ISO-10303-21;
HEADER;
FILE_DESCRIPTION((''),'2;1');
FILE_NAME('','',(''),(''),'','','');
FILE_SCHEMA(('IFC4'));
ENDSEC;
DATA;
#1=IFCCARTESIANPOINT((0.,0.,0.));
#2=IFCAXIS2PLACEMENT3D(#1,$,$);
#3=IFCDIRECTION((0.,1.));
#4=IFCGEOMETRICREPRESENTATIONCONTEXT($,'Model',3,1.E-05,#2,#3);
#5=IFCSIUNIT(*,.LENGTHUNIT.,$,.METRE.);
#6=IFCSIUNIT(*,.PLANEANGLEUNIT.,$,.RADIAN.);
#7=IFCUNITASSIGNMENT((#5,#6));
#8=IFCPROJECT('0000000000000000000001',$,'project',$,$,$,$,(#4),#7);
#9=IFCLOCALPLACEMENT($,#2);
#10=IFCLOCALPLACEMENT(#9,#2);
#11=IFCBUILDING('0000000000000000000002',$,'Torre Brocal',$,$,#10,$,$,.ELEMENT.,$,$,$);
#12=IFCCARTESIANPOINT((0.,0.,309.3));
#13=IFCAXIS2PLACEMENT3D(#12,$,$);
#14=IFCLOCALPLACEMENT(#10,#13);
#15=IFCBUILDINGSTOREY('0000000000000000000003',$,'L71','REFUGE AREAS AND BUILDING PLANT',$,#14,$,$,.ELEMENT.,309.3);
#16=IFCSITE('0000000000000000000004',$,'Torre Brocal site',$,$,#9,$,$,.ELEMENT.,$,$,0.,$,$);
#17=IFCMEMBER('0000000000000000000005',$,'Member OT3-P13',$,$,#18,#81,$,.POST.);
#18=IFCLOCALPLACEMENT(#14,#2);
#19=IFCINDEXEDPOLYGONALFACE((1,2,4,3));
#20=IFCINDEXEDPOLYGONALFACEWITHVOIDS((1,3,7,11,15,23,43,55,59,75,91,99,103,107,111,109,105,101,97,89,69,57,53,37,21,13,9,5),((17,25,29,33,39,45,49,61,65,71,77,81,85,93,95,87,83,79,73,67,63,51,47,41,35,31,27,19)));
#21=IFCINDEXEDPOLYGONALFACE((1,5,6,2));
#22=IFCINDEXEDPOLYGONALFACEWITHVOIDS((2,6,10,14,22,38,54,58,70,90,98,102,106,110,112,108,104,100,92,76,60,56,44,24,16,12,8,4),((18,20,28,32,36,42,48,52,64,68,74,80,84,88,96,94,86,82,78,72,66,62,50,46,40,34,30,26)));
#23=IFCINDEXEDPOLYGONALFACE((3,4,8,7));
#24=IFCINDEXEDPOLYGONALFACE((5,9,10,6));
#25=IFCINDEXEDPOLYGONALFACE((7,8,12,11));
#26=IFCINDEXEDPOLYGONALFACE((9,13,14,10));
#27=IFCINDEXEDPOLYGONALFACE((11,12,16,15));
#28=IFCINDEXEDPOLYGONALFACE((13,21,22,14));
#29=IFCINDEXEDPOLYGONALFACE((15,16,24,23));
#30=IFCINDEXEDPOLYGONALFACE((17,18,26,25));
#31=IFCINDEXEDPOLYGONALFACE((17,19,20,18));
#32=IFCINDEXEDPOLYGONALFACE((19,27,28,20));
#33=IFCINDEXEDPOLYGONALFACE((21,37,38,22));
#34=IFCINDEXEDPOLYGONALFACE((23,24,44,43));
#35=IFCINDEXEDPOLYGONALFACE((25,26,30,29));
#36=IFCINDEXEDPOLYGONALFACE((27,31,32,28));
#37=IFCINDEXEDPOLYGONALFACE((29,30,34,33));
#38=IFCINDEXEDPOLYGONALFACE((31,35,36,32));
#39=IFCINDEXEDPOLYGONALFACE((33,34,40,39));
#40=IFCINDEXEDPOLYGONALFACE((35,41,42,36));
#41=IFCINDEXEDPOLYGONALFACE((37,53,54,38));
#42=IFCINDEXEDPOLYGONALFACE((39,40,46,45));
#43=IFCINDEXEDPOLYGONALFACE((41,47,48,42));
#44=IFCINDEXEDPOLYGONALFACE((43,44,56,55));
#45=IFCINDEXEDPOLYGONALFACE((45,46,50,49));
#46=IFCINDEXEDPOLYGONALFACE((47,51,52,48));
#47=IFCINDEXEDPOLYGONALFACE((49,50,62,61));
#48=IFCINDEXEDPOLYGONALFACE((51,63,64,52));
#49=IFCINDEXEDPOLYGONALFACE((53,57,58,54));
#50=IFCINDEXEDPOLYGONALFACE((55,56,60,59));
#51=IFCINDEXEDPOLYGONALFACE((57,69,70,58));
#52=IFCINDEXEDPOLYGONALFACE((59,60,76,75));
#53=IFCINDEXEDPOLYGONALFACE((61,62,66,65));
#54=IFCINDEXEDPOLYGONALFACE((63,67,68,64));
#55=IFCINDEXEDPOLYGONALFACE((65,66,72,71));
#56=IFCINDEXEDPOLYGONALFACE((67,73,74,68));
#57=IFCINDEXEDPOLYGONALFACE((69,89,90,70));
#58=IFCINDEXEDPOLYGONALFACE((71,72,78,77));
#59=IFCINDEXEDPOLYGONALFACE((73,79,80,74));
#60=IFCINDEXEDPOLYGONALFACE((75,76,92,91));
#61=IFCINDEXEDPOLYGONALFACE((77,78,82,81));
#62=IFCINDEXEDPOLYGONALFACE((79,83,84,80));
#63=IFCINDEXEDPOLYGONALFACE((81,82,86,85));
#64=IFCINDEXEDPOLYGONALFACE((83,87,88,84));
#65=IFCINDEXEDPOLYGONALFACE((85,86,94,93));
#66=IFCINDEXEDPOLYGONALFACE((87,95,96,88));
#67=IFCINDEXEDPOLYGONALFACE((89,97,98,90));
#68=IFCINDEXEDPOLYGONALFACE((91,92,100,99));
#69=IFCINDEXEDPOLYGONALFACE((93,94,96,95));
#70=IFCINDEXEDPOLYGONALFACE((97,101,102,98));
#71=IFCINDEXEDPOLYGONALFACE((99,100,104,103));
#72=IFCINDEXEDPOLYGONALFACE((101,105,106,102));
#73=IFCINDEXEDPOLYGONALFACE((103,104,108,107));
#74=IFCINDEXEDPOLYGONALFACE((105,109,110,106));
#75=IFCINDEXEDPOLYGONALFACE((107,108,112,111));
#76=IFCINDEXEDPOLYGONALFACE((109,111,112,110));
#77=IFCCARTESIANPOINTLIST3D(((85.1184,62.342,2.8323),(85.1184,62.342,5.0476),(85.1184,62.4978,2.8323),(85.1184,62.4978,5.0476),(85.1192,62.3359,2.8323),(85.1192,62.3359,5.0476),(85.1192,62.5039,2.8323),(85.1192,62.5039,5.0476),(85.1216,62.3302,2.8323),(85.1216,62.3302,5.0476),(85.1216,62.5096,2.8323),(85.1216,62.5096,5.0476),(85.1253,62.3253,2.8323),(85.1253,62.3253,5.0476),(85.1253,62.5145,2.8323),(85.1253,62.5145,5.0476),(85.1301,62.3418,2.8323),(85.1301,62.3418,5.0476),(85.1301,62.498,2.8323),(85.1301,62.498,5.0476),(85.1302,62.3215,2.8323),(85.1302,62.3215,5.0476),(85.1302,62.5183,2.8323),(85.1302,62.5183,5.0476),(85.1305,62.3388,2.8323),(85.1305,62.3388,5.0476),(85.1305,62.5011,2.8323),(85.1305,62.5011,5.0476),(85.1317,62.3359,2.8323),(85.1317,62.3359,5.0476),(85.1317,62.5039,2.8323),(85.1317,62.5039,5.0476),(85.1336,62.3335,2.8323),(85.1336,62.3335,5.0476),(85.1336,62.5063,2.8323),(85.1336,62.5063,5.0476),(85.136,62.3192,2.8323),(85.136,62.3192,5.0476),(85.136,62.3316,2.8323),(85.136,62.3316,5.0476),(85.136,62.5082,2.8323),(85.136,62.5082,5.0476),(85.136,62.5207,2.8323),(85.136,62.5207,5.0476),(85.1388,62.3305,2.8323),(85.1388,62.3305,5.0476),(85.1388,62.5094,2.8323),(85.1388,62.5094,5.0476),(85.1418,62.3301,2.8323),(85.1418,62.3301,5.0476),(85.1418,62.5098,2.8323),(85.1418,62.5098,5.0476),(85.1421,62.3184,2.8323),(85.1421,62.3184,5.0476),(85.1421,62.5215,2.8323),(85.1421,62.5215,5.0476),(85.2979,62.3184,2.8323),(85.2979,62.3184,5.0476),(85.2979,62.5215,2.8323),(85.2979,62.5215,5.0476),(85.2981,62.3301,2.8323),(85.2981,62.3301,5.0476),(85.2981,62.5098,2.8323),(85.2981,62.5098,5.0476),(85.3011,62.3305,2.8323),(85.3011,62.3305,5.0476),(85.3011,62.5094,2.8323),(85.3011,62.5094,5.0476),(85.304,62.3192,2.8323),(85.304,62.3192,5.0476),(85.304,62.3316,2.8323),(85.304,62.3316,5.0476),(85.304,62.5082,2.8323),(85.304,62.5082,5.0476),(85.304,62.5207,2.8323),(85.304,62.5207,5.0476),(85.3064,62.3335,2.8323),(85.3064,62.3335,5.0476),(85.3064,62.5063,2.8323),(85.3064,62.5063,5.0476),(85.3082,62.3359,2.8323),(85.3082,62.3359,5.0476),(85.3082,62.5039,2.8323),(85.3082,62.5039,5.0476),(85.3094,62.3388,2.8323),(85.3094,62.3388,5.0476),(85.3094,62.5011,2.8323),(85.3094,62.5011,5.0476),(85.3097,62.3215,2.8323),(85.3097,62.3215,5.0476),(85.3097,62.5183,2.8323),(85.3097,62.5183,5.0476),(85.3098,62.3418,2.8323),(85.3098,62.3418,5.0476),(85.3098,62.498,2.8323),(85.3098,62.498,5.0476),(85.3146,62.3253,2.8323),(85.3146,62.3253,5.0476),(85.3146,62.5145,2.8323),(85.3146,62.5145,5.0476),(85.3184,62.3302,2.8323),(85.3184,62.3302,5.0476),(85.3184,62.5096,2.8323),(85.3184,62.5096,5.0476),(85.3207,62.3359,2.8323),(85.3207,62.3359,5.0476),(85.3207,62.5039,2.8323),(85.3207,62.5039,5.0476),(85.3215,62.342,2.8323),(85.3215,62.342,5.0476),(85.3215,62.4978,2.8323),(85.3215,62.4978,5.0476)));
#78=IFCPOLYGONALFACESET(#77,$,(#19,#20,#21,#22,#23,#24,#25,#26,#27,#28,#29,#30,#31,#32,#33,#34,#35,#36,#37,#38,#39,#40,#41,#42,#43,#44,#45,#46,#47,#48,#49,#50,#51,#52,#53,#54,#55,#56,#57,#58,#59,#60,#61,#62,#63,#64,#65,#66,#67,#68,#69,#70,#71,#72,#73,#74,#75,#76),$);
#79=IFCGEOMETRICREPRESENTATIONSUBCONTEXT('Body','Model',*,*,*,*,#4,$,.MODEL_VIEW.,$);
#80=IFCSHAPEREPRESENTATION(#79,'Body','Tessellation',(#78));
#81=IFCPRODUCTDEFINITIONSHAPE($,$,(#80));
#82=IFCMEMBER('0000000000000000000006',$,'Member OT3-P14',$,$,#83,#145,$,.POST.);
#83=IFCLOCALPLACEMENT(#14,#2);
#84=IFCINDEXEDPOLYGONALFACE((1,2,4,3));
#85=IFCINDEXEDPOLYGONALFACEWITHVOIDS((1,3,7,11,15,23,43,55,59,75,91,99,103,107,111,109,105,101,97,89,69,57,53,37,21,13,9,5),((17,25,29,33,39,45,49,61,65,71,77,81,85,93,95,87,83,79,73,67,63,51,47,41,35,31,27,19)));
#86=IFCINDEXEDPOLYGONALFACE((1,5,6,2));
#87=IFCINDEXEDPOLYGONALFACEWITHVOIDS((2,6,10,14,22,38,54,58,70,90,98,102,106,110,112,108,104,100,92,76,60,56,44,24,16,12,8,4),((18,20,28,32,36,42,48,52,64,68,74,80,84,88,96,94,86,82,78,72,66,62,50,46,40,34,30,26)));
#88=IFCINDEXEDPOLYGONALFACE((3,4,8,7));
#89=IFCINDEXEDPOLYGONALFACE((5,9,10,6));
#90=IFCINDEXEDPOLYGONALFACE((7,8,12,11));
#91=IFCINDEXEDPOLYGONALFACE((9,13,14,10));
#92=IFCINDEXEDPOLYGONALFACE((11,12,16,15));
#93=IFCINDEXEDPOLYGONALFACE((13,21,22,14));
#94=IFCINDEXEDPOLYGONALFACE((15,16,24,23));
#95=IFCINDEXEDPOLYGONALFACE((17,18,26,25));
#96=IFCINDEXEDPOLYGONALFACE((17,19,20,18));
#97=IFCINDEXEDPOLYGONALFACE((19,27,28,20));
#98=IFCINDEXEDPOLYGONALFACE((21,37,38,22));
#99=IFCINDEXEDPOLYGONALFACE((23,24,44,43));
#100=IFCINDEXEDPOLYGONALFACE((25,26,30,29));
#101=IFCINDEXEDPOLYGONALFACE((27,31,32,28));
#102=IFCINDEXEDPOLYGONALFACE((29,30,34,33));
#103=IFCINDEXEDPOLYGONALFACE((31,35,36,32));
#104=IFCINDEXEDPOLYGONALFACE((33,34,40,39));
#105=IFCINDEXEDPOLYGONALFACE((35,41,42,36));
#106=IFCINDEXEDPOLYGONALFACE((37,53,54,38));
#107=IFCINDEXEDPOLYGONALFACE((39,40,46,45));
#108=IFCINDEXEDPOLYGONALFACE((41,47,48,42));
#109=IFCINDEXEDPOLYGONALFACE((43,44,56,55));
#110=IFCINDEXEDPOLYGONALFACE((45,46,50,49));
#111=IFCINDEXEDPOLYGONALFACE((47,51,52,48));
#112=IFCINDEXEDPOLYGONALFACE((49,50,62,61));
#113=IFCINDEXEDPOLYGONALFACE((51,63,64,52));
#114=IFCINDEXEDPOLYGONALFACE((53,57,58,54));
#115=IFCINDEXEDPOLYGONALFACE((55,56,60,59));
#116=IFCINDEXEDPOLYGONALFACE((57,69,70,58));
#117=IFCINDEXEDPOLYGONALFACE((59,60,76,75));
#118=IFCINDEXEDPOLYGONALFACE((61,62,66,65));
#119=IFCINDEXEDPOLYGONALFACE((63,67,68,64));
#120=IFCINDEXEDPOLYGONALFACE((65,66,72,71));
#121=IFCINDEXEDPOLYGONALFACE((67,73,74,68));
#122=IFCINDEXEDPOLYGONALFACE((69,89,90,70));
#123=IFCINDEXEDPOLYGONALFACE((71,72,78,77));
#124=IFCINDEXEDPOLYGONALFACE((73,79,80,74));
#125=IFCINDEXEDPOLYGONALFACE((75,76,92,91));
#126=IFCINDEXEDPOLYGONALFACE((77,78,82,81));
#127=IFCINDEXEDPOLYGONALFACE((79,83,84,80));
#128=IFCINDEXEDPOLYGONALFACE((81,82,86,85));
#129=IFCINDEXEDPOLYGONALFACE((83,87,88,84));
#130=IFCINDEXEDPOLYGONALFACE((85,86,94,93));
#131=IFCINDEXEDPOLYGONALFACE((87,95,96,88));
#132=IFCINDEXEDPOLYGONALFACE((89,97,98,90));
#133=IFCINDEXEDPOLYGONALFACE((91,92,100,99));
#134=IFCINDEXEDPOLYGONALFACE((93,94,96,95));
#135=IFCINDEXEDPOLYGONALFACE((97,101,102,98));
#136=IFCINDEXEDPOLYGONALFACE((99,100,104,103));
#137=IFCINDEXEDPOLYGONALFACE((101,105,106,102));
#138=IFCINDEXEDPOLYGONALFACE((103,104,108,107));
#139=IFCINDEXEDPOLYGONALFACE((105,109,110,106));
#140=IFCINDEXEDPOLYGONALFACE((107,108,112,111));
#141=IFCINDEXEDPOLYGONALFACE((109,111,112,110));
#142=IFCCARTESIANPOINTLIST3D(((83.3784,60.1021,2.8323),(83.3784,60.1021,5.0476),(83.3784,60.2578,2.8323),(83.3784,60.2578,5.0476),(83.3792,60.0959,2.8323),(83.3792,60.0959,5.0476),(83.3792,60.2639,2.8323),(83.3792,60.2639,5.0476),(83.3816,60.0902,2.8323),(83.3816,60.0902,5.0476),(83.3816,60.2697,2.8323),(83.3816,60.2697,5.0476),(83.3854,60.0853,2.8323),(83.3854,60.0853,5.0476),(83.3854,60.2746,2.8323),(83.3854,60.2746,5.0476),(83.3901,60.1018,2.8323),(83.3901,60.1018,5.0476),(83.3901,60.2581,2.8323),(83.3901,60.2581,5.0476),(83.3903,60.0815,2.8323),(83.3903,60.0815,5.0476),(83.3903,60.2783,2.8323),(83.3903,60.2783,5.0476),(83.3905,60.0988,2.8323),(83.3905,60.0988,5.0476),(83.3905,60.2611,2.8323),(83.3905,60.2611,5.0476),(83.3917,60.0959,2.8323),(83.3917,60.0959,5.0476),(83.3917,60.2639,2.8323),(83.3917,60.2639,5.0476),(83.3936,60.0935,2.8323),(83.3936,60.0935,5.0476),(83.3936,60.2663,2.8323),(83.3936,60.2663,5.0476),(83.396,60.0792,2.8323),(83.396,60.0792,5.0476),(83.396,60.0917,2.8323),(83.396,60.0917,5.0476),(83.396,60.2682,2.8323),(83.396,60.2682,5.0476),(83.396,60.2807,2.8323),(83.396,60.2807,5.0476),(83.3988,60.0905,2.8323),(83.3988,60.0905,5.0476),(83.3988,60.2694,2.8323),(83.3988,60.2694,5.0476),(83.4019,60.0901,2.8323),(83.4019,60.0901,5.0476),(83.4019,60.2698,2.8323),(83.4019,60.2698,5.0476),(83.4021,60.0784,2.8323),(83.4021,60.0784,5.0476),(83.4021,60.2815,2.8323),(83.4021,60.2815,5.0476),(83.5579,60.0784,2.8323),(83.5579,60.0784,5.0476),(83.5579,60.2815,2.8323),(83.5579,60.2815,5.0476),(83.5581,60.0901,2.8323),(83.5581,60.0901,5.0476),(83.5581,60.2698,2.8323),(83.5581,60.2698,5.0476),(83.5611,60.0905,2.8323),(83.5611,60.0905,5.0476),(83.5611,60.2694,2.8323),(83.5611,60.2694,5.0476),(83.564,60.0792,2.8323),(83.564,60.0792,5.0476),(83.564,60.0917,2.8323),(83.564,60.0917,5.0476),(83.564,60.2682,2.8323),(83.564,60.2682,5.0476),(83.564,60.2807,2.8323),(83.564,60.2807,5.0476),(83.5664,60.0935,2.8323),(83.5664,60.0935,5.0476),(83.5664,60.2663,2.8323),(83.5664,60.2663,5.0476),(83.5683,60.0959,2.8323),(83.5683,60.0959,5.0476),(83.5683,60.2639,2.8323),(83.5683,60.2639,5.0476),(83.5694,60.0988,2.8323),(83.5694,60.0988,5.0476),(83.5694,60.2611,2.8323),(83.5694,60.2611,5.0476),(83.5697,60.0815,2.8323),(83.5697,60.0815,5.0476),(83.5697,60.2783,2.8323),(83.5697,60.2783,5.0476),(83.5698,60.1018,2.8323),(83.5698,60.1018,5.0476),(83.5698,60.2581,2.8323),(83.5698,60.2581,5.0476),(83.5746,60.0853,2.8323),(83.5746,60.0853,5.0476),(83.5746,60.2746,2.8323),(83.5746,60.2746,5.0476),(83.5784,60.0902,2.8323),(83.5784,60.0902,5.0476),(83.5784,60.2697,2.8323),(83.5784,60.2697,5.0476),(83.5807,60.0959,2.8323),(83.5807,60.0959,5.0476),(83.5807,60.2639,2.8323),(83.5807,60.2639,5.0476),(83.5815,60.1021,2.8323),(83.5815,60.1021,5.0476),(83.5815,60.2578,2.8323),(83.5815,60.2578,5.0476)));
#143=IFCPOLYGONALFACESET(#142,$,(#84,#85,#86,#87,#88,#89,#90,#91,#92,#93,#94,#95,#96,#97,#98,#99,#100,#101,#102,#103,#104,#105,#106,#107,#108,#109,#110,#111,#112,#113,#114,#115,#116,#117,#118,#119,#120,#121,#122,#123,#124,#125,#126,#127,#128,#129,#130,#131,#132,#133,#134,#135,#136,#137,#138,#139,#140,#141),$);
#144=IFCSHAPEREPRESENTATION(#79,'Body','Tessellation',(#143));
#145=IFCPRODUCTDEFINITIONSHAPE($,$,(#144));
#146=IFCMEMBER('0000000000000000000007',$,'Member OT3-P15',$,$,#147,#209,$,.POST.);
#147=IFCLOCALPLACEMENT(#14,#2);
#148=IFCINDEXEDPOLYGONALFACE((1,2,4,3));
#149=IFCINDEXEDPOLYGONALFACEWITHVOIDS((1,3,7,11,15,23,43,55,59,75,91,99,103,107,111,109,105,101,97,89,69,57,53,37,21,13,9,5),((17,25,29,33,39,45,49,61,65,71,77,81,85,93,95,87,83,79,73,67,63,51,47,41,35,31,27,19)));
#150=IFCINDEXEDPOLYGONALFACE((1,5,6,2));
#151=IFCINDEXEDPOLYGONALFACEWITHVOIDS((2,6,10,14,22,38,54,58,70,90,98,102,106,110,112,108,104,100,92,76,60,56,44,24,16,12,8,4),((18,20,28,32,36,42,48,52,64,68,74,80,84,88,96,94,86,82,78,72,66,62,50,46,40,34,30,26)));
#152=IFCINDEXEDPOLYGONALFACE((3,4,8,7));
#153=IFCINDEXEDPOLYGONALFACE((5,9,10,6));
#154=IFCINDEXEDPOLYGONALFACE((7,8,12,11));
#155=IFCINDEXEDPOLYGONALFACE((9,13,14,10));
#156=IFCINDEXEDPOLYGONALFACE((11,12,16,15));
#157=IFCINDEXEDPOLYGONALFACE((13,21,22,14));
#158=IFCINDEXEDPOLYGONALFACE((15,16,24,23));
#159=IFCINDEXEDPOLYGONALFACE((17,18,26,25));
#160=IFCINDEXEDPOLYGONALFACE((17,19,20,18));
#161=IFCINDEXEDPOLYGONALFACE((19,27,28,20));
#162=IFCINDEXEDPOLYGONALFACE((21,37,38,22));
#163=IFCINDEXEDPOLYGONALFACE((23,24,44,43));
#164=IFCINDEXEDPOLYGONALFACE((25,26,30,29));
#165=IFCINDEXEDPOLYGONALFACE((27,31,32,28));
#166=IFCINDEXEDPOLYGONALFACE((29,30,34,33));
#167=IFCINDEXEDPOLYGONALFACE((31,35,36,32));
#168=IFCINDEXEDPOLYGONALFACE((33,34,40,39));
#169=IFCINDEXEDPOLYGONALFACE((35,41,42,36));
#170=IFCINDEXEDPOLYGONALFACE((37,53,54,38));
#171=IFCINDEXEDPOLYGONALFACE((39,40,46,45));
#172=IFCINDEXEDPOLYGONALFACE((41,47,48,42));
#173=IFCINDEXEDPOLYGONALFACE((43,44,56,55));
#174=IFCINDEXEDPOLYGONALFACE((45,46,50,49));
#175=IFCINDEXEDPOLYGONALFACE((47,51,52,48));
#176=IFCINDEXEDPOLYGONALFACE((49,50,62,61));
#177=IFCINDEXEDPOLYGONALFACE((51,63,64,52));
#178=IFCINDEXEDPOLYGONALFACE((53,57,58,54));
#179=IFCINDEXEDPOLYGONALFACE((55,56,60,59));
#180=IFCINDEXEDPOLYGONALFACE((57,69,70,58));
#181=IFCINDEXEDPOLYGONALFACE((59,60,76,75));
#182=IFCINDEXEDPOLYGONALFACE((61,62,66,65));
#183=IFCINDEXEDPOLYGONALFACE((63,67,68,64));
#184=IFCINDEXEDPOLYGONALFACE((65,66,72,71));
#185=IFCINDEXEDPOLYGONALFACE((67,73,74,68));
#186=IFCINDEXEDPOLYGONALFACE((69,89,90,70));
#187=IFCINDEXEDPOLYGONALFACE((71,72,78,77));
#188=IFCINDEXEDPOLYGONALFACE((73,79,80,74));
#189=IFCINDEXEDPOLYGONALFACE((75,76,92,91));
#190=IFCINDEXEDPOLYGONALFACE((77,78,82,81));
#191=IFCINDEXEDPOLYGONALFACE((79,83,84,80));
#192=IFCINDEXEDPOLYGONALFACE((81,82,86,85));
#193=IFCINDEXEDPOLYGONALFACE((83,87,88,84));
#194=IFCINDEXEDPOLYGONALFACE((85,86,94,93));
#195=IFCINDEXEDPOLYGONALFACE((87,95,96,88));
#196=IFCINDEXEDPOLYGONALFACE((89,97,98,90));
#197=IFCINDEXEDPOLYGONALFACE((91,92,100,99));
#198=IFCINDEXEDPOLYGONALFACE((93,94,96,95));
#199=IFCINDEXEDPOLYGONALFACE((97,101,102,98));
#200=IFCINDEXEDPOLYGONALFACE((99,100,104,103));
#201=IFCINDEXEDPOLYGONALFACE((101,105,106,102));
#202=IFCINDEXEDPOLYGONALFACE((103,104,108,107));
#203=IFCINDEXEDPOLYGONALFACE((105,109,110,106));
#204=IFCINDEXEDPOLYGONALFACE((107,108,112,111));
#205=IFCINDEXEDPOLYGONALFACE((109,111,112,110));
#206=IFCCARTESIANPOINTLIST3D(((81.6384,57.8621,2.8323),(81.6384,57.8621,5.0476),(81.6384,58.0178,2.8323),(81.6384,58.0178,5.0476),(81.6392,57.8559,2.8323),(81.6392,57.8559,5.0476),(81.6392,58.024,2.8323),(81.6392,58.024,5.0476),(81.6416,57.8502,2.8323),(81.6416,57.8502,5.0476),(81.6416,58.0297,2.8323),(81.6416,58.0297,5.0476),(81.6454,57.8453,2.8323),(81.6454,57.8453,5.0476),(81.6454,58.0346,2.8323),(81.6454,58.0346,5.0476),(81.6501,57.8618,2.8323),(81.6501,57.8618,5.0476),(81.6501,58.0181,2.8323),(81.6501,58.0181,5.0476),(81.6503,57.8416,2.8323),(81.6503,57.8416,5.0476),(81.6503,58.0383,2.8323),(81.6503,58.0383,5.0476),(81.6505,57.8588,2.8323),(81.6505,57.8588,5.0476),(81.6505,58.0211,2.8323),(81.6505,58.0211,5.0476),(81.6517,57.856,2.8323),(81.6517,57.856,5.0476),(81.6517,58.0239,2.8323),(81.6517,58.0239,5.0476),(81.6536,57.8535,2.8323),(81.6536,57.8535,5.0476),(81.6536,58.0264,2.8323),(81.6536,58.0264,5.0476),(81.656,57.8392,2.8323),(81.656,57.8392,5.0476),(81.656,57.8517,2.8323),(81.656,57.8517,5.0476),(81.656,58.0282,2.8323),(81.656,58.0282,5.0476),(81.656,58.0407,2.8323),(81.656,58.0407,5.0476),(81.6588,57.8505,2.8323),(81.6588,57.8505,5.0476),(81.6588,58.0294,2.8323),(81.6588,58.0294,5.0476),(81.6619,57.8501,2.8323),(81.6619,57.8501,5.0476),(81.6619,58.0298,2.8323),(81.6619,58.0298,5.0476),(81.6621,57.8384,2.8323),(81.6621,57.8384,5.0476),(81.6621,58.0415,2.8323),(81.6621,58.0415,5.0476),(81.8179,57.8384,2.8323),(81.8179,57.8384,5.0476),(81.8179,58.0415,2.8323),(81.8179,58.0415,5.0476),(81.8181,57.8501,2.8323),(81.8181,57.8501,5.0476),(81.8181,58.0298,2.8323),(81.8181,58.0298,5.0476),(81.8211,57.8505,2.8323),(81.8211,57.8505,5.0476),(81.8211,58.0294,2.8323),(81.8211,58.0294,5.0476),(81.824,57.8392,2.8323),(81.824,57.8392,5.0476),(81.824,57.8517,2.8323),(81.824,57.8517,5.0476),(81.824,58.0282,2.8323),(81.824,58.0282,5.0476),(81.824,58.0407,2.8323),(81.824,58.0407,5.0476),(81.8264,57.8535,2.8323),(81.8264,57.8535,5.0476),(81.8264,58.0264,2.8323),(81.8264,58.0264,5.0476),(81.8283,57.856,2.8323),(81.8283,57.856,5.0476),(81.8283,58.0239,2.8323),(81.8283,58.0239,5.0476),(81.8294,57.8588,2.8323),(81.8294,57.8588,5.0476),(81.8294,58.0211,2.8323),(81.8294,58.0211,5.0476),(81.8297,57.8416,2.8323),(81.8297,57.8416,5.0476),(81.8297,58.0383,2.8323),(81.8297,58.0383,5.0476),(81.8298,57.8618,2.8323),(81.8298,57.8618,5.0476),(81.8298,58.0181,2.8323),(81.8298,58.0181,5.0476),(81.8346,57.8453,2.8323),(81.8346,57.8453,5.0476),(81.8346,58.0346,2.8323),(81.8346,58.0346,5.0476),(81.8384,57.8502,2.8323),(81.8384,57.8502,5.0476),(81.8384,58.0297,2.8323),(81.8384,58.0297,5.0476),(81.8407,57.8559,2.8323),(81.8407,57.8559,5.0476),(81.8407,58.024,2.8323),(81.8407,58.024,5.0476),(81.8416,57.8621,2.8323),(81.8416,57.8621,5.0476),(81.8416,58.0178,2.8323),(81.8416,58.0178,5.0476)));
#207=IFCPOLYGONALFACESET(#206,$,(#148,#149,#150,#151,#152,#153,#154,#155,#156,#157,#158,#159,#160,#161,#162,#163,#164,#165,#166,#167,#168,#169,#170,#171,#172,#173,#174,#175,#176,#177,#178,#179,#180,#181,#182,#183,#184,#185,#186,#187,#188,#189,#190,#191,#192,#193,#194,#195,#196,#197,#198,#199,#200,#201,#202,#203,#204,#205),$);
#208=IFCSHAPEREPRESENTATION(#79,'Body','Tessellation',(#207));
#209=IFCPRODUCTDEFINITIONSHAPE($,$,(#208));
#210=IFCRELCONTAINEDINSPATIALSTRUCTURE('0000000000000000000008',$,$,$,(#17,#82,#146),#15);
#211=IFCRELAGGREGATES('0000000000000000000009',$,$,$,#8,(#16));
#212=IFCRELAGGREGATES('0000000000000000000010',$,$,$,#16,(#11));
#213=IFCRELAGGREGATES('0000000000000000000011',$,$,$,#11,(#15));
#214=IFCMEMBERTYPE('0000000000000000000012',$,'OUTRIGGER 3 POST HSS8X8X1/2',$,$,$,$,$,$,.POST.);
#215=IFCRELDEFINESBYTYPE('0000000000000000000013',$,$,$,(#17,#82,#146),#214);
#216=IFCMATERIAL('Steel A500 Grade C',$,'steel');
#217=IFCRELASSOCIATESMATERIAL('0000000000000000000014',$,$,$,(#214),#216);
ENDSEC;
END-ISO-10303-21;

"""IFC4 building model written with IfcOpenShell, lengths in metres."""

from ifc_helpers import new_model, si_unit, direction, frame, origin, origin_2d, place, context, subcontext, project, spatial, hollow_rectangle, extrude, material, material_profile, profile_set, type_object, element, save


model = new_model("IFC4")

# Units and contexts
model_context = context("Model", 3, precision=1e-05, world=origin(), true_north=direction((0.0, 1.0)))
body_context = subcontext(model_context, "Body", "Model", "MODEL_VIEW")
ifc_project = project(units=[si_unit("LENGTHUNIT", "METRE"), si_unit("PLANEANGLEUNIT", "RADIAN")], contexts=[model_context])

# Site, building, storey
site_placement = place(None, origin())
site = spatial("IfcSite", under=ifc_project, at=site_placement, Name="Torre Brocal site", CompositionType="ELEMENT", RefElevation=0.0)
building_placement = place(site_placement, origin())
building = spatial("IfcBuilding", under=site, at=building_placement, Name="Torre Brocal", CompositionType="ELEMENT")
storey_placement = place(building_placement, frame((0.0, 0.0, 309.3)))
storey = spatial("IfcBuildingStorey", under=building, at=storey_placement, Name="L71", Description="REFUGE AREAS AND BUILDING PLANT", CompositionType="ELEMENT", Elevation=309.3)

# Members
ifc_material_1 = material(Name="Steel A500 Grade C", Category="steel")
ifc_material_profile_1 = material_profile(ifc_material_1, hollow_rectangle(XDim=0.2031, YDim=0.2031, WallThickness=0.0117, InnerFilletRadius=0.0117, OuterFilletRadius=0.0237, at=origin_2d()), Name="HSS8X8X1/2")
ifc_profile_set_1 = profile_set([ifc_material_profile_1], Name="Steel A500 Grade C")
member_type_1 = type_object("IfcMemberType", Name="OUTRIGGER 3 POST HSS8X8X1/2", PredefinedType="POST", material=ifc_profile_set_1)
for number, where, z_axis, x_axis, name in (
    (1, (85.22, 62.4199, 2.8323), (0.0, 0.0, 1.0), (1.0, 0.0, 0.0), "Member OT3-P13"),
    (2, (83.48, 60.1799, 2.8323), (0.0, 0.0, 1.0), (1.0, 0.0, 0.0), "Member OT3-P14"),
    (3, (81.74, 57.9399, 2.8323), (0.0, 0.0, 1.0), (1.0, 0.0, 0.0), "Member OT3-P15"),
):
    element("IfcMember", number, at=place(storey_placement, frame(where, z_axis=z_axis, x_axis=x_axis)), inside=storey, type_object=member_type_1, Name=name, PredefinedType="POST", context=body_context, shape_type="SweptSolid", body=[
        extrude(hollow_rectangle(XDim=0.2031, YDim=0.2031, WallThickness=0.0117, InnerFilletRadius=0.0117, OuterFilletRadius=0.0237, at=origin_2d()), origin(), (0.0, 0.0, 1.0), 2.2153),
    ])

save(model, "model.ifc")
